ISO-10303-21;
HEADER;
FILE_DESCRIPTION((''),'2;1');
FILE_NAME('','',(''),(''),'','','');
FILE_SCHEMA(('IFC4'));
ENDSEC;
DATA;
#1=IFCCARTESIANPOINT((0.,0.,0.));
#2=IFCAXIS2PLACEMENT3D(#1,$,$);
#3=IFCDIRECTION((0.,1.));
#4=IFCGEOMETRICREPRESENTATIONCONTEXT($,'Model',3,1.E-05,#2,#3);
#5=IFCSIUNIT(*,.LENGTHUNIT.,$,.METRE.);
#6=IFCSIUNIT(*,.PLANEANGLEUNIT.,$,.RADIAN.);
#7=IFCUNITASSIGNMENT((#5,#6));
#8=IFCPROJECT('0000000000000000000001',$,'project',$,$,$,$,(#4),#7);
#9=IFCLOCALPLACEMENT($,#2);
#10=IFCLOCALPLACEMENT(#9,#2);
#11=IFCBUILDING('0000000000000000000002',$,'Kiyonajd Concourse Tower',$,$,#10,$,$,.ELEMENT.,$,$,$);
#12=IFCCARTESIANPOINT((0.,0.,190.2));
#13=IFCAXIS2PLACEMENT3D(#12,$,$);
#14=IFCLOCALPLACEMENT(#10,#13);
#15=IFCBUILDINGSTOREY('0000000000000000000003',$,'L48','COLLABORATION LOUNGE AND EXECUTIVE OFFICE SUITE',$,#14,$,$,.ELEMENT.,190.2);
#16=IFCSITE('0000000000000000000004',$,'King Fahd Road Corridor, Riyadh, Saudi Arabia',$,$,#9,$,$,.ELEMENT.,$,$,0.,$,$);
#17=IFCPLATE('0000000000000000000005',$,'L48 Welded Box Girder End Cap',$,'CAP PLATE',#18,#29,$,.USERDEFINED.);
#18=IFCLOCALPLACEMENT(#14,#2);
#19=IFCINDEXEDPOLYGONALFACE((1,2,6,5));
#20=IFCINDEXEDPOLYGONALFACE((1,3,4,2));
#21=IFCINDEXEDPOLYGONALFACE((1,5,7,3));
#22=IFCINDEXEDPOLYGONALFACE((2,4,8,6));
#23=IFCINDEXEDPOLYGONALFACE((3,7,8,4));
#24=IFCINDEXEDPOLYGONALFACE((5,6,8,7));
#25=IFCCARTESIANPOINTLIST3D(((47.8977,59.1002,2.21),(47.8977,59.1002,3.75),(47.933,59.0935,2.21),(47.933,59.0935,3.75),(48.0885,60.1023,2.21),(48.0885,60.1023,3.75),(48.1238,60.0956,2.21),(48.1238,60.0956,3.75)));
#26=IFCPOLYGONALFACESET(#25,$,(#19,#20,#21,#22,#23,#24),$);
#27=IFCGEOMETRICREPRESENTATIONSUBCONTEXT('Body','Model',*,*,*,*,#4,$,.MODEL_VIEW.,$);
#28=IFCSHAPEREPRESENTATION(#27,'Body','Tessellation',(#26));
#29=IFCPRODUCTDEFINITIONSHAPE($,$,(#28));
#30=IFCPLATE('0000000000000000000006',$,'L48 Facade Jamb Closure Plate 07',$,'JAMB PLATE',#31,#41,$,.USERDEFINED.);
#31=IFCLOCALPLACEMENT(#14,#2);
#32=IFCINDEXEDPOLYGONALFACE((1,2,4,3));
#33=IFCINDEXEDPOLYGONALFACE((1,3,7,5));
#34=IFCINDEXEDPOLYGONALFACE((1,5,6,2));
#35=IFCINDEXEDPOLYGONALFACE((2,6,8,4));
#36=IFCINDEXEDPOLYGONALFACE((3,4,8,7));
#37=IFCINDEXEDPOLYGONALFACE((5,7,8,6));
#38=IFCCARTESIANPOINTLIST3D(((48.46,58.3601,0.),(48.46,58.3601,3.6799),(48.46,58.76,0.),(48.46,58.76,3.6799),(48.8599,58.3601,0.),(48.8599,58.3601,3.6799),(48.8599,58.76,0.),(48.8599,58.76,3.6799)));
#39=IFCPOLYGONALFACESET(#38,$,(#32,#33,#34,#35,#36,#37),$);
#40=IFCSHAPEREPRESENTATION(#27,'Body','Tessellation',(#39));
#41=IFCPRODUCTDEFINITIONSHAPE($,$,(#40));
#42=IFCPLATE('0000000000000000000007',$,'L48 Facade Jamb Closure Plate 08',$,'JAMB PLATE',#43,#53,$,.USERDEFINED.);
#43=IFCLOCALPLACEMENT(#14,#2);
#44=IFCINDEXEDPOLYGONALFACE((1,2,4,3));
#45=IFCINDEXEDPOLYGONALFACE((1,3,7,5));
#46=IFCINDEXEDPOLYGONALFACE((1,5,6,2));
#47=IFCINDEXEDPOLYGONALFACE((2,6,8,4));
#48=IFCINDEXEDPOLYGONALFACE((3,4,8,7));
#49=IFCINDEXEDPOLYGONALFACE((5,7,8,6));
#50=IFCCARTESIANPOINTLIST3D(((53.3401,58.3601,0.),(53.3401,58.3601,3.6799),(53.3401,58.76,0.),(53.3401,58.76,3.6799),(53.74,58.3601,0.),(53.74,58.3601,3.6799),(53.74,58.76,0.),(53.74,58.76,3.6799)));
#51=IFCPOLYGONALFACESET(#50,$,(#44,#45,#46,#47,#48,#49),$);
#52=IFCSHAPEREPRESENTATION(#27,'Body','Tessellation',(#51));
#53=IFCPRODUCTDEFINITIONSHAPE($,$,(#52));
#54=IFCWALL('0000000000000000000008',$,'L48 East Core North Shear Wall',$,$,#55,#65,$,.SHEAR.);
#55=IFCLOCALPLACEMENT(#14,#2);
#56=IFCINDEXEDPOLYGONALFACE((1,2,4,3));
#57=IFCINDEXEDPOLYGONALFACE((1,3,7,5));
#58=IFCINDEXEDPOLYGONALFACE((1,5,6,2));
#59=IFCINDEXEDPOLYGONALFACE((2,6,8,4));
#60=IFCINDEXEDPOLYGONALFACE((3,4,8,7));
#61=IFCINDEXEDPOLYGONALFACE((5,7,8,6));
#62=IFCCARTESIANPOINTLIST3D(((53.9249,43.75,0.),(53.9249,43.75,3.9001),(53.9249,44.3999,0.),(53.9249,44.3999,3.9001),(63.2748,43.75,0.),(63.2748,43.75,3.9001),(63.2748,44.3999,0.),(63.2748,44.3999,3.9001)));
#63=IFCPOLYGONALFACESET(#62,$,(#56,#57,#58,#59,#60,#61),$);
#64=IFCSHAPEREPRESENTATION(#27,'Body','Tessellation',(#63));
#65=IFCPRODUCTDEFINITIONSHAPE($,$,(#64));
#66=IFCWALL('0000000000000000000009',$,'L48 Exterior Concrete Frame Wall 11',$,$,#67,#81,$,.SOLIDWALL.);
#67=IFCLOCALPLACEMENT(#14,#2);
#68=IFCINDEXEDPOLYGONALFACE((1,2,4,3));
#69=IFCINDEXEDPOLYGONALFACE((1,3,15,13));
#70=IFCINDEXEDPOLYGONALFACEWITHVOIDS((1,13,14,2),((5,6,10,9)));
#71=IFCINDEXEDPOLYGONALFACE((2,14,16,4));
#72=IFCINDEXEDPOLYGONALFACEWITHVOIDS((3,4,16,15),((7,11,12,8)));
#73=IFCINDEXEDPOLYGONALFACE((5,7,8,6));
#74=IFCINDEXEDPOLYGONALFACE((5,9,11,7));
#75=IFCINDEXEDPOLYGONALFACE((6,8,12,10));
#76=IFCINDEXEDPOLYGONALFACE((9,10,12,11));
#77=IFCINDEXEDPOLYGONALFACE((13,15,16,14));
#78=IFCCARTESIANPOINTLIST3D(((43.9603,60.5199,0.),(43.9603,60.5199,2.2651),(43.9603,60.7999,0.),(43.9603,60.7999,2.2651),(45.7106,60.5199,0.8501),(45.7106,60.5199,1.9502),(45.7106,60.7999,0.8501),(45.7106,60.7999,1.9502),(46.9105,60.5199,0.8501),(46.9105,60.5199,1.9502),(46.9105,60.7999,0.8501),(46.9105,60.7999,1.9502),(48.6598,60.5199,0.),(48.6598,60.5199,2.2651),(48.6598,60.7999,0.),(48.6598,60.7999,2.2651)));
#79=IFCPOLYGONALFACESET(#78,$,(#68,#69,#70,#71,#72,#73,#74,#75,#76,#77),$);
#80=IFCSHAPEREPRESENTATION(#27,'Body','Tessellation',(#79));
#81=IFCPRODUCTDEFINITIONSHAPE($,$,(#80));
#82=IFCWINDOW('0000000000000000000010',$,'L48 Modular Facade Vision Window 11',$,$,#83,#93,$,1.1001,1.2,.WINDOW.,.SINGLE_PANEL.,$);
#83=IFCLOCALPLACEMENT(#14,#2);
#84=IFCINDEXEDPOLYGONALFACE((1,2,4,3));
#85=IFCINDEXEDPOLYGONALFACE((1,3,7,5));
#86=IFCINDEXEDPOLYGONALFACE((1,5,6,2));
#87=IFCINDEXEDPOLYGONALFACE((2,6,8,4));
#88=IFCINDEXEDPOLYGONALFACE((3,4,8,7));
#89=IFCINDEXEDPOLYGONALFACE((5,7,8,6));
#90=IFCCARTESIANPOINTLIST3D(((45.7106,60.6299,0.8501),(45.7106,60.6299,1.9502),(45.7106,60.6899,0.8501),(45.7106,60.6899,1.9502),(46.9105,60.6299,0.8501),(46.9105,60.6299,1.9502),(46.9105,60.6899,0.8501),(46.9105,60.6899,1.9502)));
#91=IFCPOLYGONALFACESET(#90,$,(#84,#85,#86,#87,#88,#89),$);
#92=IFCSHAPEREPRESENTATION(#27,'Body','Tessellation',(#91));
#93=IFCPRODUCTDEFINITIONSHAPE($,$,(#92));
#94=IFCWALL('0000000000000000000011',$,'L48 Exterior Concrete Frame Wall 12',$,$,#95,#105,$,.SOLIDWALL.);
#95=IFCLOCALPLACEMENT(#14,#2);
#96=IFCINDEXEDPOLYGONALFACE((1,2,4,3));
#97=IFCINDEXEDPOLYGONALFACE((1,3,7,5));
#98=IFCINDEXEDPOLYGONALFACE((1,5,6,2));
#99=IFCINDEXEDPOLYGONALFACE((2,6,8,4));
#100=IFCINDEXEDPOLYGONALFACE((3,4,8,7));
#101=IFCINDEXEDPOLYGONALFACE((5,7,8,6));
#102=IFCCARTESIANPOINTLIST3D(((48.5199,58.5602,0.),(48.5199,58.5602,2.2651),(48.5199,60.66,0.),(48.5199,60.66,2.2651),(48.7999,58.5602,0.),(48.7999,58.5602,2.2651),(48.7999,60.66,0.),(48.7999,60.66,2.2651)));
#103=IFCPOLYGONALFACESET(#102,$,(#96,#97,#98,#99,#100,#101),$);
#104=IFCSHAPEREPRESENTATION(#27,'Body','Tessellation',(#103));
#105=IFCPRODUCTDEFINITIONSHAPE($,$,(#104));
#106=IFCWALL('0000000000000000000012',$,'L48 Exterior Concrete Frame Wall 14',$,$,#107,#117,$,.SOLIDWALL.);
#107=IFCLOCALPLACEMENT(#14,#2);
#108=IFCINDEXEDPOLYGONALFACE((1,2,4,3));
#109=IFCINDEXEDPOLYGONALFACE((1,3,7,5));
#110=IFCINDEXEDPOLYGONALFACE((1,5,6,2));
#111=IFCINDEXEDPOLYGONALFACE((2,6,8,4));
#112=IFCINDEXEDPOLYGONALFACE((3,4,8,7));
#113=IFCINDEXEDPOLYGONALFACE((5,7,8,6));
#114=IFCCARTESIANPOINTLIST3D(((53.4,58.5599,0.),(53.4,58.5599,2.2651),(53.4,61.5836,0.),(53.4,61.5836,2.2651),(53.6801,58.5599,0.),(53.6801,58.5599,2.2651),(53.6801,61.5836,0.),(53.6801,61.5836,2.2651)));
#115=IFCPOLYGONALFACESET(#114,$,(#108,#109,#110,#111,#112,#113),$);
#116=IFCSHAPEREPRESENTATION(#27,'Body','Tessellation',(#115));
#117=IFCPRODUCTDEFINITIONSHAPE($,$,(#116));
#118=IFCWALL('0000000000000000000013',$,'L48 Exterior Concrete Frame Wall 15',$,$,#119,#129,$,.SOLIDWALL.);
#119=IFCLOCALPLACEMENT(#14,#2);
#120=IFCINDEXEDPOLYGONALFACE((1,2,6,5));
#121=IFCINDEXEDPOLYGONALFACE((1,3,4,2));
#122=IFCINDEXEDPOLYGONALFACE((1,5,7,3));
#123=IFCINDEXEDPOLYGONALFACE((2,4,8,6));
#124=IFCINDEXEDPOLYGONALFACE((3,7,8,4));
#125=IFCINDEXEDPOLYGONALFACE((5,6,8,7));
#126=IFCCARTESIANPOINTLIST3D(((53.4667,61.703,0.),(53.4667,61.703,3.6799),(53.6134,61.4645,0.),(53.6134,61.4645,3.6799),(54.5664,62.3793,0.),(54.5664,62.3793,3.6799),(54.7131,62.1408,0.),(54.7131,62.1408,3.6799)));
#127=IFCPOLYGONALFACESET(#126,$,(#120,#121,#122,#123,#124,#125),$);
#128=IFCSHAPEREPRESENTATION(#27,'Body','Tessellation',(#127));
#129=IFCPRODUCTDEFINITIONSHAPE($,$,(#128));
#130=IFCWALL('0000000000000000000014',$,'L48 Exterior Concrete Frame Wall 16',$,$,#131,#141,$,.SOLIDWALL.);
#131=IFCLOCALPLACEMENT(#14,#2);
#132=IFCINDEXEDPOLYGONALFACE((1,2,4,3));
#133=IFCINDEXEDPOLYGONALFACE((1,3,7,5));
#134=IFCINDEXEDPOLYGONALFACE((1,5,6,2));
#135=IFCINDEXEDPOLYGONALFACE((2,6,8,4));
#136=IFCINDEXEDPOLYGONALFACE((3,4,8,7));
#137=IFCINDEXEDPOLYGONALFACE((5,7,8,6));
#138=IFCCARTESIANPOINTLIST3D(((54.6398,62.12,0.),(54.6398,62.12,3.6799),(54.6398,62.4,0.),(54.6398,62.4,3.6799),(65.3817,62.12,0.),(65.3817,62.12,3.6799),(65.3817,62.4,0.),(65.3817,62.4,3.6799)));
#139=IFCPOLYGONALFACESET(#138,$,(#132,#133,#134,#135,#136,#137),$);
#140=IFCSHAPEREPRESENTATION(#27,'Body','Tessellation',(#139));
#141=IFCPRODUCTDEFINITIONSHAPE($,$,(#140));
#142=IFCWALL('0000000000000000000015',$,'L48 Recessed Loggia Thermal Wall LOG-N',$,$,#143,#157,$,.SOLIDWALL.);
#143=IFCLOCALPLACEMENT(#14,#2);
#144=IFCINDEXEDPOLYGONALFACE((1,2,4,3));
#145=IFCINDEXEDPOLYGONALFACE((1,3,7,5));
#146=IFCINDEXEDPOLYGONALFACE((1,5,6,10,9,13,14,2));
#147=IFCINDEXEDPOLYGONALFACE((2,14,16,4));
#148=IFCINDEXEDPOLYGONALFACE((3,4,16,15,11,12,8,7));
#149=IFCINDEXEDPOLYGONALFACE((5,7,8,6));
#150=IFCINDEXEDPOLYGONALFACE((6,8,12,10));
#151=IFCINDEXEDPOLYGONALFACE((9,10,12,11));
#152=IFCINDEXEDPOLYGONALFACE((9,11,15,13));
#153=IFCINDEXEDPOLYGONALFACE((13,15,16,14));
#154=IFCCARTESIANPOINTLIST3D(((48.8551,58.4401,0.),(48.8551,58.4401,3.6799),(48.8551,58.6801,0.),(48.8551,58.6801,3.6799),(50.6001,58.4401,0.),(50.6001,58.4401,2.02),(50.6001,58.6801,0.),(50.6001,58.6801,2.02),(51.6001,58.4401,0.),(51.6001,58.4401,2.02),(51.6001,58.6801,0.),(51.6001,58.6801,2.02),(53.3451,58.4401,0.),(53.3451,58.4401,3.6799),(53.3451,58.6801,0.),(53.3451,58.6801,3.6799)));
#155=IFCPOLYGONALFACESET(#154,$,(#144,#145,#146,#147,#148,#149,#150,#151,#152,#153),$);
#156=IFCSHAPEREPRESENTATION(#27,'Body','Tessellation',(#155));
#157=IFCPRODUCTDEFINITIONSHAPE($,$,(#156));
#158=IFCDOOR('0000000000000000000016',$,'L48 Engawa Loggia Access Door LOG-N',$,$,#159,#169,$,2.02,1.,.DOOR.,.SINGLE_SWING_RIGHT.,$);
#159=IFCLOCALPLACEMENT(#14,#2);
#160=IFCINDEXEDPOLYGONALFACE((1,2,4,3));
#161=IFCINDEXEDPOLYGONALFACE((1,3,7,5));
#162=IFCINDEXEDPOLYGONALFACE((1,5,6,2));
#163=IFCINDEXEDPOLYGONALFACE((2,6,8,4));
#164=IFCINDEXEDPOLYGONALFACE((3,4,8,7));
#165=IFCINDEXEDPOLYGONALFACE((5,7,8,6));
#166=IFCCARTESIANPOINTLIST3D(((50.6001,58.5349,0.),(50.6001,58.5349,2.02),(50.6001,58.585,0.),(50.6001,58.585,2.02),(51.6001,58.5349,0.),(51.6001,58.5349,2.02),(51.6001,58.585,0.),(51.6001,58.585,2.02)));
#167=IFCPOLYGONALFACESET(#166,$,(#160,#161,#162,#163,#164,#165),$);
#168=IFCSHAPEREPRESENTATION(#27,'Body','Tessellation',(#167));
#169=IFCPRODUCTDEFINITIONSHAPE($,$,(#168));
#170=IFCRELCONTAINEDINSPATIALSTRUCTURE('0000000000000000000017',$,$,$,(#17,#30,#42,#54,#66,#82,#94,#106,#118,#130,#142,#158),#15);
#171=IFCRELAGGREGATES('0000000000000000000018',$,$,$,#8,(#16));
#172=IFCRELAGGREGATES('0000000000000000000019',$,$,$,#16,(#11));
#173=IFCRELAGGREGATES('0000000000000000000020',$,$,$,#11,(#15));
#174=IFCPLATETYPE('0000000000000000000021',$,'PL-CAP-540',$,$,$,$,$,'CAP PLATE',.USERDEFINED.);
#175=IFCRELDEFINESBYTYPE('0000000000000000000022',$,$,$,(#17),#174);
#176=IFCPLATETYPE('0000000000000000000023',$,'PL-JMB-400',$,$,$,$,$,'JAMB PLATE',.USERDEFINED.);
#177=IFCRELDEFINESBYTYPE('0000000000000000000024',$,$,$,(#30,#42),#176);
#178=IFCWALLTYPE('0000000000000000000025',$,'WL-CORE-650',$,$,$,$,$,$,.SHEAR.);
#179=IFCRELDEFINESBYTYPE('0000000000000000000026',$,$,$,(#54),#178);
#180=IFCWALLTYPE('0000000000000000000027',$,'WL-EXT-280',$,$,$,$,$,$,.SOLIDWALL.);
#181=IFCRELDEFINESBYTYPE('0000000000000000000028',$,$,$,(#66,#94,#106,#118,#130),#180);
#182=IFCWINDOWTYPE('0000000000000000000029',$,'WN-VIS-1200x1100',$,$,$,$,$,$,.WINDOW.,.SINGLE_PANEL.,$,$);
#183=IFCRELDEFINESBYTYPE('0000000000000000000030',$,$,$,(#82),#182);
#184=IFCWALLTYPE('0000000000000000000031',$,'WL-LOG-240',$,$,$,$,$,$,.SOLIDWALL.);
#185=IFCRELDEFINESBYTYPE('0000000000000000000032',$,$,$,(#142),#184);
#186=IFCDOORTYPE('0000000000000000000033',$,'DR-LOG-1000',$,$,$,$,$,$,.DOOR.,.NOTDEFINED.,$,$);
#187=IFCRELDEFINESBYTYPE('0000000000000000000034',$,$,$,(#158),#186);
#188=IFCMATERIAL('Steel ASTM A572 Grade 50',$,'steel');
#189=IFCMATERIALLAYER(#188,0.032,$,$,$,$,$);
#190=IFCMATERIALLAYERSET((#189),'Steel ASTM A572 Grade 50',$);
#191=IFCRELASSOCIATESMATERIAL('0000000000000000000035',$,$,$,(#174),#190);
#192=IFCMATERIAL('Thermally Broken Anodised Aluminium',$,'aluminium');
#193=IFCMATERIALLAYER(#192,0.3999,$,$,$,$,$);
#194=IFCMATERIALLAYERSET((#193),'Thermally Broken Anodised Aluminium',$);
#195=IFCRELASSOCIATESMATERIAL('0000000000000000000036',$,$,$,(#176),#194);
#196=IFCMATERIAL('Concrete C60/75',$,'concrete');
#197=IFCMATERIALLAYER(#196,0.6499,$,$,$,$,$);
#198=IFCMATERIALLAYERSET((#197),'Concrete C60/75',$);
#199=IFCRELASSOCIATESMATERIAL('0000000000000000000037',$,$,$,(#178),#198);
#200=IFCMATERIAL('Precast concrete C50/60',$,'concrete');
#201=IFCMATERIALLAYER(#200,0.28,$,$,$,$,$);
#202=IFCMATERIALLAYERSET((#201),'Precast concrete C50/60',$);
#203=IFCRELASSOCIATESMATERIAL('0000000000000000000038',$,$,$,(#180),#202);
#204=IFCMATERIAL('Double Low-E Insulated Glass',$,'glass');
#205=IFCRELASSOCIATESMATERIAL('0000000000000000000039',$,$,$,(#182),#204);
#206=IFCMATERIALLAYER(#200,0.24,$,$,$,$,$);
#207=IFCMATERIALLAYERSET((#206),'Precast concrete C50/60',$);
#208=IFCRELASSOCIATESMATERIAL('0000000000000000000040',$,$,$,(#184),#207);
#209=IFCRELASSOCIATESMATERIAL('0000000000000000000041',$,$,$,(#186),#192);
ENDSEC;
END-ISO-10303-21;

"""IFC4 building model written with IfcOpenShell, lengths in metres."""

from ifc_helpers import new_model, si_unit, direction, frame, frame_2d, origin, origin_2d, place, context, subcontext, project, spatial, rectangle, extrude, material, layer, layer_set, type_object, element, fill, save


model = new_model("IFC4")

# Units and contexts
model_context = context("Model", 3, precision=1e-05, world=origin(), true_north=direction((0.0, 1.0)))
body_context = subcontext(model_context, "Body", "Model", "MODEL_VIEW")
ifc_project = project(units=[si_unit("LENGTHUNIT", "METRE"), si_unit("PLANEANGLEUNIT", "RADIAN")], contexts=[model_context])

# Site, building, storey
site_placement = place(None, origin())
site = spatial("IfcSite", under=ifc_project, at=site_placement, Name="King Fahd Road Corridor, Riyadh, Saudi Arabia", CompositionType="ELEMENT", RefElevation=0.0)
building_placement = place(site_placement, origin())
building = spatial("IfcBuilding", under=site, at=building_placement, Name="Kiyonajd Concourse Tower", CompositionType="ELEMENT")
storey_placement = place(building_placement, frame((0.0, 0.0, 190.2)))
storey = spatial("IfcBuildingStorey", under=building, at=storey_placement, Name="L48", Description="COLLABORATION LOUNGE AND EXECUTIVE OFFICE SUITE", CompositionType="ELEMENT", Elevation=190.2)

# Shared definitions
ifc_material_1 = material(Name="Steel ASTM A572 Grade 50", Category="steel")

# Plates
ifc_layer_1 = layer(ifc_material_1, 0.032)
ifc_layer_set_1 = layer_set([ifc_layer_1], Name="Steel ASTM A572 Grade 50")
plate_type_1 = type_object("IfcPlateType", Name="PL-CAP-540", ElementType="CAP PLATE", PredefinedType="USERDEFINED", material=ifc_layer_set_1)
for number, where, z_axis, x_axis, name in (
    (1, (48.0107, 59.5979, 2.21), (0.0, 0.0, 1.0), (0.982353, -0.187038, 0.0), "L48 Welded Box Girder End Cap"),
):
    element("IfcPlate", number, at=place(storey_placement, frame(where, z_axis=z_axis, x_axis=x_axis)), inside=storey, type_object=plate_type_1, Name=name, ObjectType="CAP PLATE", PredefinedType="USERDEFINED", context=body_context, shape_type="SweptSolid", body=[
        extrude(rectangle(XDim=0.0359, YDim=1.02, at=origin_2d()), origin(), (0.0, 0.0, 1.0), 1.54),
    ])
ifc_material_2 = material(Name="Thermally Broken Anodised Aluminium", Category="aluminium")
ifc_layer_2 = layer(ifc_material_2, 0.3999)
ifc_layer_set_2 = layer_set([ifc_layer_2], Name="Thermally Broken Anodised Aluminium")
plate_type_2 = type_object("IfcPlateType", Name="PL-JMB-400", ElementType="JAMB PLATE", PredefinedType="USERDEFINED", material=ifc_layer_set_2)
for number, where, z_axis, x_axis, name in (
    (2, (48.6599, 58.5601, 0.0), (0.0, 0.0, 1.0), (1.0, 0.0, 0.0), "L48 Facade Jamb Closure Plate 07"),
    (3, (53.54, 58.5601, 0.0), (0.0, 0.0, 1.0), (1.0, 0.0, 0.0), "L48 Facade Jamb Closure Plate 08"),
):
    element("IfcPlate", number, at=place(storey_placement, frame(where, z_axis=z_axis, x_axis=x_axis)), inside=storey, type_object=plate_type_2, Name=name, ObjectType="JAMB PLATE", PredefinedType="USERDEFINED", context=body_context, shape_type="SweptSolid", body=[
        extrude(rectangle(XDim=0.3999, YDim=0.3999, at=origin_2d()), origin(), (0.0, 0.0, 1.0), 3.6799),
    ])

# Wall
ifc_material_3 = material(Name="Concrete C60/75", Category="concrete")
ifc_layer_3 = layer(ifc_material_3, 0.6499)
ifc_layer_set_3 = layer_set([ifc_layer_3], Name="Concrete C60/75")
wall_type_1 = type_object("IfcWallType", Name="WL-CORE-650", PredefinedType="SHEAR", material=ifc_layer_set_3)
wall_1_placement = place(storey_placement, frame((53.925, 44.075, 0.0), z_axis=(0.0, 0.0, 1.0), x_axis=(1.0, 0.0, 0.0)))
element("IfcWall", 4, at=wall_1_placement, inside=storey, type_object=wall_type_1, Name="L48 East Core North Shear Wall", PredefinedType="SHEAR", context=body_context, shape_type="SweptSolid", body=[
    extrude(rectangle(XDim=9.3499, YDim=0.6499, at=frame_2d((4.6748, 0.0))), origin(), (0.0, 0.0, 1.0), 3.9001),
])

# Wall, opening, window
ifc_material_4 = material(Name="Precast concrete C50/60", Category="concrete")
ifc_layer_4 = layer(ifc_material_4, 0.28)
ifc_layer_set_4 = layer_set([ifc_layer_4], Name="Precast concrete C50/60")
wall_type_2 = type_object("IfcWallType", Name="WL-EXT-280", PredefinedType="SOLIDWALL", material=ifc_layer_set_4)
wall_2_placement = place(storey_placement, frame((43.9604, 60.6599, 0.0), z_axis=(0.0, 0.0, 1.0), x_axis=(1.0, 0.0, 0.0)))
wall_2 = element("IfcWall", 5, at=wall_2_placement, inside=storey, type_object=wall_type_2, Name="L48 Exterior Concrete Frame Wall 11", PredefinedType="SOLIDWALL", context=body_context, shape_type="SweptSolid", body=[
    extrude(rectangle(XDim=4.6995, YDim=0.28, at=frame_2d((2.3496, 0.0))), origin(), (0.0, 0.0, 1.0), 2.2651),
])
opening_1_placement = place(wall_2_placement, frame((1.75, 0.0, 0.8501)))
opening_1 = element("IfcOpeningElement", 6, at=opening_1_placement, cuts=wall_2, PredefinedType="OPENING", context=body_context, shape_type="SweptSolid", body=[
    extrude(rectangle(XDim=1.2, YDim=1.1001, at=frame_2d((0.6001, 0.55))), frame((0.0, 0.1499, 0.0), z_axis=(0.0, -1.0, 0.0), x_axis=(1.0, 0.0, 0.0)), (0.0, 0.0, 1.0), 0.3),
])
ifc_material_5 = material(Name="Double Low-E Insulated Glass", Category="glass")
window_type = type_object("IfcWindowType", Name="WN-VIS-1200x1100", PartitioningType="SINGLE_PANEL", PredefinedType="WINDOW", material=ifc_material_5)
window_placement = place(opening_1_placement, origin())
window = element("IfcWindow", 7, at=window_placement, inside=storey, type_object=window_type, Name="L48 Modular Facade Vision Window 11", OverallHeight=1.1001, OverallWidth=1.2, PartitioningType="SINGLE_PANEL", PredefinedType="WINDOW", context=body_context, shape_type="SweptSolid", body=[
    extrude(rectangle(XDim=1.2, YDim=1.1001, at=frame_2d((0.6001, 0.55))), frame((0.0, 0.03, 0.0), z_axis=(0.0, -1.0, 0.0), x_axis=(1.0, 0.0, 0.0)), (0.0, 0.0, 1.0), 0.0601),
])
fill(opening_1, window)

# Walls
wall_3_placement = place(storey_placement, frame((48.6599, 60.6599, 0.0), z_axis=(0.0, 0.0, 1.0), x_axis=(0.0, -1.0, 0.0)))
element("IfcWall", 8, at=wall_3_placement, inside=storey, type_object=wall_type_2, Name="L48 Exterior Concrete Frame Wall 12", PredefinedType="SOLIDWALL", context=body_context, shape_type="SweptSolid", body=[
    extrude(rectangle(XDim=2.0999, YDim=0.28, at=frame_2d((1.0498, 0.0))), origin(), (0.0, 0.0, 1.0), 2.2651),
])
wall_4_placement = place(storey_placement, frame((53.54, 58.5601, 0.0), z_axis=(0.0, 0.0, 1.0), x_axis=(0.0, 1.0, 0.0)))
element("IfcWall", 9, at=wall_4_placement, inside=storey, type_object=wall_type_2, Name="L48 Exterior Concrete Frame Wall 14", PredefinedType="SOLIDWALL", context=body_context, shape_type="SweptSolid", body=[
    extrude(rectangle(XDim=3.0237, YDim=0.28, at=frame_2d((1.5117, 0.0))), origin(), (0.0, 0.0, 1.0), 2.2651),
])
wall_5_placement = place(storey_placement, frame((53.54, 61.5837, 0.0), z_axis=(0.0, 0.0, 1.0), x_axis=(0.851801, 0.523865, 0.0)))
element("IfcWall", 10, at=wall_5_placement, inside=storey, type_object=wall_type_2, Name="L48 Exterior Concrete Frame Wall 15", PredefinedType="SOLIDWALL", context=body_context, shape_type="SweptSolid", body=[
    extrude(rectangle(XDim=1.291, YDim=0.28, at=frame_2d((0.6455, 0.0))), origin(), (0.0, 0.0, 1.0), 3.6799),
])
wall_6_placement = place(storey_placement, frame((54.6396, 62.26, 0.0), z_axis=(0.0, 0.0, 1.0), x_axis=(1.0, 0.0, 0.0)))
element("IfcWall", 11, at=wall_6_placement, inside=storey, type_object=wall_type_2, Name="L48 Exterior Concrete Frame Wall 16", PredefinedType="SOLIDWALL", context=body_context, shape_type="SweptSolid", body=[
    extrude(rectangle(XDim=10.7419, YDim=0.28, at=frame_2d((5.3711, 0.0))), origin(), (0.0, 0.0, 1.0), 3.6799),
])

# Wall, opening, door
ifc_layer_5 = layer(ifc_material_4, 0.24)
ifc_layer_set_5 = layer_set([ifc_layer_5], Name="Precast concrete C50/60")
wall_type_3 = type_object("IfcWallType", Name="WL-LOG-240", PredefinedType="SOLIDWALL", material=ifc_layer_set_5)
wall_7_placement = place(storey_placement, frame((48.855, 58.5601, 0.0), z_axis=(0.0, 0.0, 1.0), x_axis=(1.0, 0.0, 0.0)))
wall_7 = element("IfcWall", 12, at=wall_7_placement, inside=storey, type_object=wall_type_3, Name="L48 Recessed Loggia Thermal Wall LOG-N", PredefinedType="SOLIDWALL", context=body_context, shape_type="SweptSolid", body=[
    extrude(rectangle(XDim=4.49, YDim=0.24, at=frame_2d((2.2451, 0.0))), origin(), (0.0, 0.0, 1.0), 3.6799),
])
opening_2_placement = place(wall_7_placement, frame((1.7451, 0.0, 0.0)))
opening_2 = element("IfcOpeningElement", 13, at=opening_2_placement, cuts=wall_7, PredefinedType="OPENING", context=body_context, shape_type="SweptSolid", body=[
    extrude(rectangle(XDim=1.0, YDim=2.02, at=frame_2d((0.5, 1.01))), frame((0.0, 0.1299, 0.0), z_axis=(0.0, -1.0, 0.0), x_axis=(1.0, 0.0, 0.0)), (0.0, 0.0, 1.0), 0.26),
])
door_type = type_object("IfcDoorType", Name="DR-LOG-1000", OperationType="NOTDEFINED", PredefinedType="DOOR", material=ifc_material_2)
door_placement = place(opening_2_placement, origin())
door = element("IfcDoor", 14, at=door_placement, inside=storey, type_object=door_type, Name="L48 Engawa Loggia Access Door LOG-N", OperationType="SINGLE_SWING_RIGHT", OverallHeight=2.02, OverallWidth=1.0, PredefinedType="DOOR", context=body_context, shape_type="SweptSolid", body=[
    extrude(rectangle(XDim=1.0, YDim=2.02, at=frame_2d((0.5, 1.01))), frame((0.0, 0.0249, 0.0), z_axis=(0.0, -1.0, 0.0), x_axis=(1.0, 0.0, 0.0)), (0.0, 0.0, 1.0), 0.05),
])
fill(opening_2, door)

save(model, "model.ifc")
